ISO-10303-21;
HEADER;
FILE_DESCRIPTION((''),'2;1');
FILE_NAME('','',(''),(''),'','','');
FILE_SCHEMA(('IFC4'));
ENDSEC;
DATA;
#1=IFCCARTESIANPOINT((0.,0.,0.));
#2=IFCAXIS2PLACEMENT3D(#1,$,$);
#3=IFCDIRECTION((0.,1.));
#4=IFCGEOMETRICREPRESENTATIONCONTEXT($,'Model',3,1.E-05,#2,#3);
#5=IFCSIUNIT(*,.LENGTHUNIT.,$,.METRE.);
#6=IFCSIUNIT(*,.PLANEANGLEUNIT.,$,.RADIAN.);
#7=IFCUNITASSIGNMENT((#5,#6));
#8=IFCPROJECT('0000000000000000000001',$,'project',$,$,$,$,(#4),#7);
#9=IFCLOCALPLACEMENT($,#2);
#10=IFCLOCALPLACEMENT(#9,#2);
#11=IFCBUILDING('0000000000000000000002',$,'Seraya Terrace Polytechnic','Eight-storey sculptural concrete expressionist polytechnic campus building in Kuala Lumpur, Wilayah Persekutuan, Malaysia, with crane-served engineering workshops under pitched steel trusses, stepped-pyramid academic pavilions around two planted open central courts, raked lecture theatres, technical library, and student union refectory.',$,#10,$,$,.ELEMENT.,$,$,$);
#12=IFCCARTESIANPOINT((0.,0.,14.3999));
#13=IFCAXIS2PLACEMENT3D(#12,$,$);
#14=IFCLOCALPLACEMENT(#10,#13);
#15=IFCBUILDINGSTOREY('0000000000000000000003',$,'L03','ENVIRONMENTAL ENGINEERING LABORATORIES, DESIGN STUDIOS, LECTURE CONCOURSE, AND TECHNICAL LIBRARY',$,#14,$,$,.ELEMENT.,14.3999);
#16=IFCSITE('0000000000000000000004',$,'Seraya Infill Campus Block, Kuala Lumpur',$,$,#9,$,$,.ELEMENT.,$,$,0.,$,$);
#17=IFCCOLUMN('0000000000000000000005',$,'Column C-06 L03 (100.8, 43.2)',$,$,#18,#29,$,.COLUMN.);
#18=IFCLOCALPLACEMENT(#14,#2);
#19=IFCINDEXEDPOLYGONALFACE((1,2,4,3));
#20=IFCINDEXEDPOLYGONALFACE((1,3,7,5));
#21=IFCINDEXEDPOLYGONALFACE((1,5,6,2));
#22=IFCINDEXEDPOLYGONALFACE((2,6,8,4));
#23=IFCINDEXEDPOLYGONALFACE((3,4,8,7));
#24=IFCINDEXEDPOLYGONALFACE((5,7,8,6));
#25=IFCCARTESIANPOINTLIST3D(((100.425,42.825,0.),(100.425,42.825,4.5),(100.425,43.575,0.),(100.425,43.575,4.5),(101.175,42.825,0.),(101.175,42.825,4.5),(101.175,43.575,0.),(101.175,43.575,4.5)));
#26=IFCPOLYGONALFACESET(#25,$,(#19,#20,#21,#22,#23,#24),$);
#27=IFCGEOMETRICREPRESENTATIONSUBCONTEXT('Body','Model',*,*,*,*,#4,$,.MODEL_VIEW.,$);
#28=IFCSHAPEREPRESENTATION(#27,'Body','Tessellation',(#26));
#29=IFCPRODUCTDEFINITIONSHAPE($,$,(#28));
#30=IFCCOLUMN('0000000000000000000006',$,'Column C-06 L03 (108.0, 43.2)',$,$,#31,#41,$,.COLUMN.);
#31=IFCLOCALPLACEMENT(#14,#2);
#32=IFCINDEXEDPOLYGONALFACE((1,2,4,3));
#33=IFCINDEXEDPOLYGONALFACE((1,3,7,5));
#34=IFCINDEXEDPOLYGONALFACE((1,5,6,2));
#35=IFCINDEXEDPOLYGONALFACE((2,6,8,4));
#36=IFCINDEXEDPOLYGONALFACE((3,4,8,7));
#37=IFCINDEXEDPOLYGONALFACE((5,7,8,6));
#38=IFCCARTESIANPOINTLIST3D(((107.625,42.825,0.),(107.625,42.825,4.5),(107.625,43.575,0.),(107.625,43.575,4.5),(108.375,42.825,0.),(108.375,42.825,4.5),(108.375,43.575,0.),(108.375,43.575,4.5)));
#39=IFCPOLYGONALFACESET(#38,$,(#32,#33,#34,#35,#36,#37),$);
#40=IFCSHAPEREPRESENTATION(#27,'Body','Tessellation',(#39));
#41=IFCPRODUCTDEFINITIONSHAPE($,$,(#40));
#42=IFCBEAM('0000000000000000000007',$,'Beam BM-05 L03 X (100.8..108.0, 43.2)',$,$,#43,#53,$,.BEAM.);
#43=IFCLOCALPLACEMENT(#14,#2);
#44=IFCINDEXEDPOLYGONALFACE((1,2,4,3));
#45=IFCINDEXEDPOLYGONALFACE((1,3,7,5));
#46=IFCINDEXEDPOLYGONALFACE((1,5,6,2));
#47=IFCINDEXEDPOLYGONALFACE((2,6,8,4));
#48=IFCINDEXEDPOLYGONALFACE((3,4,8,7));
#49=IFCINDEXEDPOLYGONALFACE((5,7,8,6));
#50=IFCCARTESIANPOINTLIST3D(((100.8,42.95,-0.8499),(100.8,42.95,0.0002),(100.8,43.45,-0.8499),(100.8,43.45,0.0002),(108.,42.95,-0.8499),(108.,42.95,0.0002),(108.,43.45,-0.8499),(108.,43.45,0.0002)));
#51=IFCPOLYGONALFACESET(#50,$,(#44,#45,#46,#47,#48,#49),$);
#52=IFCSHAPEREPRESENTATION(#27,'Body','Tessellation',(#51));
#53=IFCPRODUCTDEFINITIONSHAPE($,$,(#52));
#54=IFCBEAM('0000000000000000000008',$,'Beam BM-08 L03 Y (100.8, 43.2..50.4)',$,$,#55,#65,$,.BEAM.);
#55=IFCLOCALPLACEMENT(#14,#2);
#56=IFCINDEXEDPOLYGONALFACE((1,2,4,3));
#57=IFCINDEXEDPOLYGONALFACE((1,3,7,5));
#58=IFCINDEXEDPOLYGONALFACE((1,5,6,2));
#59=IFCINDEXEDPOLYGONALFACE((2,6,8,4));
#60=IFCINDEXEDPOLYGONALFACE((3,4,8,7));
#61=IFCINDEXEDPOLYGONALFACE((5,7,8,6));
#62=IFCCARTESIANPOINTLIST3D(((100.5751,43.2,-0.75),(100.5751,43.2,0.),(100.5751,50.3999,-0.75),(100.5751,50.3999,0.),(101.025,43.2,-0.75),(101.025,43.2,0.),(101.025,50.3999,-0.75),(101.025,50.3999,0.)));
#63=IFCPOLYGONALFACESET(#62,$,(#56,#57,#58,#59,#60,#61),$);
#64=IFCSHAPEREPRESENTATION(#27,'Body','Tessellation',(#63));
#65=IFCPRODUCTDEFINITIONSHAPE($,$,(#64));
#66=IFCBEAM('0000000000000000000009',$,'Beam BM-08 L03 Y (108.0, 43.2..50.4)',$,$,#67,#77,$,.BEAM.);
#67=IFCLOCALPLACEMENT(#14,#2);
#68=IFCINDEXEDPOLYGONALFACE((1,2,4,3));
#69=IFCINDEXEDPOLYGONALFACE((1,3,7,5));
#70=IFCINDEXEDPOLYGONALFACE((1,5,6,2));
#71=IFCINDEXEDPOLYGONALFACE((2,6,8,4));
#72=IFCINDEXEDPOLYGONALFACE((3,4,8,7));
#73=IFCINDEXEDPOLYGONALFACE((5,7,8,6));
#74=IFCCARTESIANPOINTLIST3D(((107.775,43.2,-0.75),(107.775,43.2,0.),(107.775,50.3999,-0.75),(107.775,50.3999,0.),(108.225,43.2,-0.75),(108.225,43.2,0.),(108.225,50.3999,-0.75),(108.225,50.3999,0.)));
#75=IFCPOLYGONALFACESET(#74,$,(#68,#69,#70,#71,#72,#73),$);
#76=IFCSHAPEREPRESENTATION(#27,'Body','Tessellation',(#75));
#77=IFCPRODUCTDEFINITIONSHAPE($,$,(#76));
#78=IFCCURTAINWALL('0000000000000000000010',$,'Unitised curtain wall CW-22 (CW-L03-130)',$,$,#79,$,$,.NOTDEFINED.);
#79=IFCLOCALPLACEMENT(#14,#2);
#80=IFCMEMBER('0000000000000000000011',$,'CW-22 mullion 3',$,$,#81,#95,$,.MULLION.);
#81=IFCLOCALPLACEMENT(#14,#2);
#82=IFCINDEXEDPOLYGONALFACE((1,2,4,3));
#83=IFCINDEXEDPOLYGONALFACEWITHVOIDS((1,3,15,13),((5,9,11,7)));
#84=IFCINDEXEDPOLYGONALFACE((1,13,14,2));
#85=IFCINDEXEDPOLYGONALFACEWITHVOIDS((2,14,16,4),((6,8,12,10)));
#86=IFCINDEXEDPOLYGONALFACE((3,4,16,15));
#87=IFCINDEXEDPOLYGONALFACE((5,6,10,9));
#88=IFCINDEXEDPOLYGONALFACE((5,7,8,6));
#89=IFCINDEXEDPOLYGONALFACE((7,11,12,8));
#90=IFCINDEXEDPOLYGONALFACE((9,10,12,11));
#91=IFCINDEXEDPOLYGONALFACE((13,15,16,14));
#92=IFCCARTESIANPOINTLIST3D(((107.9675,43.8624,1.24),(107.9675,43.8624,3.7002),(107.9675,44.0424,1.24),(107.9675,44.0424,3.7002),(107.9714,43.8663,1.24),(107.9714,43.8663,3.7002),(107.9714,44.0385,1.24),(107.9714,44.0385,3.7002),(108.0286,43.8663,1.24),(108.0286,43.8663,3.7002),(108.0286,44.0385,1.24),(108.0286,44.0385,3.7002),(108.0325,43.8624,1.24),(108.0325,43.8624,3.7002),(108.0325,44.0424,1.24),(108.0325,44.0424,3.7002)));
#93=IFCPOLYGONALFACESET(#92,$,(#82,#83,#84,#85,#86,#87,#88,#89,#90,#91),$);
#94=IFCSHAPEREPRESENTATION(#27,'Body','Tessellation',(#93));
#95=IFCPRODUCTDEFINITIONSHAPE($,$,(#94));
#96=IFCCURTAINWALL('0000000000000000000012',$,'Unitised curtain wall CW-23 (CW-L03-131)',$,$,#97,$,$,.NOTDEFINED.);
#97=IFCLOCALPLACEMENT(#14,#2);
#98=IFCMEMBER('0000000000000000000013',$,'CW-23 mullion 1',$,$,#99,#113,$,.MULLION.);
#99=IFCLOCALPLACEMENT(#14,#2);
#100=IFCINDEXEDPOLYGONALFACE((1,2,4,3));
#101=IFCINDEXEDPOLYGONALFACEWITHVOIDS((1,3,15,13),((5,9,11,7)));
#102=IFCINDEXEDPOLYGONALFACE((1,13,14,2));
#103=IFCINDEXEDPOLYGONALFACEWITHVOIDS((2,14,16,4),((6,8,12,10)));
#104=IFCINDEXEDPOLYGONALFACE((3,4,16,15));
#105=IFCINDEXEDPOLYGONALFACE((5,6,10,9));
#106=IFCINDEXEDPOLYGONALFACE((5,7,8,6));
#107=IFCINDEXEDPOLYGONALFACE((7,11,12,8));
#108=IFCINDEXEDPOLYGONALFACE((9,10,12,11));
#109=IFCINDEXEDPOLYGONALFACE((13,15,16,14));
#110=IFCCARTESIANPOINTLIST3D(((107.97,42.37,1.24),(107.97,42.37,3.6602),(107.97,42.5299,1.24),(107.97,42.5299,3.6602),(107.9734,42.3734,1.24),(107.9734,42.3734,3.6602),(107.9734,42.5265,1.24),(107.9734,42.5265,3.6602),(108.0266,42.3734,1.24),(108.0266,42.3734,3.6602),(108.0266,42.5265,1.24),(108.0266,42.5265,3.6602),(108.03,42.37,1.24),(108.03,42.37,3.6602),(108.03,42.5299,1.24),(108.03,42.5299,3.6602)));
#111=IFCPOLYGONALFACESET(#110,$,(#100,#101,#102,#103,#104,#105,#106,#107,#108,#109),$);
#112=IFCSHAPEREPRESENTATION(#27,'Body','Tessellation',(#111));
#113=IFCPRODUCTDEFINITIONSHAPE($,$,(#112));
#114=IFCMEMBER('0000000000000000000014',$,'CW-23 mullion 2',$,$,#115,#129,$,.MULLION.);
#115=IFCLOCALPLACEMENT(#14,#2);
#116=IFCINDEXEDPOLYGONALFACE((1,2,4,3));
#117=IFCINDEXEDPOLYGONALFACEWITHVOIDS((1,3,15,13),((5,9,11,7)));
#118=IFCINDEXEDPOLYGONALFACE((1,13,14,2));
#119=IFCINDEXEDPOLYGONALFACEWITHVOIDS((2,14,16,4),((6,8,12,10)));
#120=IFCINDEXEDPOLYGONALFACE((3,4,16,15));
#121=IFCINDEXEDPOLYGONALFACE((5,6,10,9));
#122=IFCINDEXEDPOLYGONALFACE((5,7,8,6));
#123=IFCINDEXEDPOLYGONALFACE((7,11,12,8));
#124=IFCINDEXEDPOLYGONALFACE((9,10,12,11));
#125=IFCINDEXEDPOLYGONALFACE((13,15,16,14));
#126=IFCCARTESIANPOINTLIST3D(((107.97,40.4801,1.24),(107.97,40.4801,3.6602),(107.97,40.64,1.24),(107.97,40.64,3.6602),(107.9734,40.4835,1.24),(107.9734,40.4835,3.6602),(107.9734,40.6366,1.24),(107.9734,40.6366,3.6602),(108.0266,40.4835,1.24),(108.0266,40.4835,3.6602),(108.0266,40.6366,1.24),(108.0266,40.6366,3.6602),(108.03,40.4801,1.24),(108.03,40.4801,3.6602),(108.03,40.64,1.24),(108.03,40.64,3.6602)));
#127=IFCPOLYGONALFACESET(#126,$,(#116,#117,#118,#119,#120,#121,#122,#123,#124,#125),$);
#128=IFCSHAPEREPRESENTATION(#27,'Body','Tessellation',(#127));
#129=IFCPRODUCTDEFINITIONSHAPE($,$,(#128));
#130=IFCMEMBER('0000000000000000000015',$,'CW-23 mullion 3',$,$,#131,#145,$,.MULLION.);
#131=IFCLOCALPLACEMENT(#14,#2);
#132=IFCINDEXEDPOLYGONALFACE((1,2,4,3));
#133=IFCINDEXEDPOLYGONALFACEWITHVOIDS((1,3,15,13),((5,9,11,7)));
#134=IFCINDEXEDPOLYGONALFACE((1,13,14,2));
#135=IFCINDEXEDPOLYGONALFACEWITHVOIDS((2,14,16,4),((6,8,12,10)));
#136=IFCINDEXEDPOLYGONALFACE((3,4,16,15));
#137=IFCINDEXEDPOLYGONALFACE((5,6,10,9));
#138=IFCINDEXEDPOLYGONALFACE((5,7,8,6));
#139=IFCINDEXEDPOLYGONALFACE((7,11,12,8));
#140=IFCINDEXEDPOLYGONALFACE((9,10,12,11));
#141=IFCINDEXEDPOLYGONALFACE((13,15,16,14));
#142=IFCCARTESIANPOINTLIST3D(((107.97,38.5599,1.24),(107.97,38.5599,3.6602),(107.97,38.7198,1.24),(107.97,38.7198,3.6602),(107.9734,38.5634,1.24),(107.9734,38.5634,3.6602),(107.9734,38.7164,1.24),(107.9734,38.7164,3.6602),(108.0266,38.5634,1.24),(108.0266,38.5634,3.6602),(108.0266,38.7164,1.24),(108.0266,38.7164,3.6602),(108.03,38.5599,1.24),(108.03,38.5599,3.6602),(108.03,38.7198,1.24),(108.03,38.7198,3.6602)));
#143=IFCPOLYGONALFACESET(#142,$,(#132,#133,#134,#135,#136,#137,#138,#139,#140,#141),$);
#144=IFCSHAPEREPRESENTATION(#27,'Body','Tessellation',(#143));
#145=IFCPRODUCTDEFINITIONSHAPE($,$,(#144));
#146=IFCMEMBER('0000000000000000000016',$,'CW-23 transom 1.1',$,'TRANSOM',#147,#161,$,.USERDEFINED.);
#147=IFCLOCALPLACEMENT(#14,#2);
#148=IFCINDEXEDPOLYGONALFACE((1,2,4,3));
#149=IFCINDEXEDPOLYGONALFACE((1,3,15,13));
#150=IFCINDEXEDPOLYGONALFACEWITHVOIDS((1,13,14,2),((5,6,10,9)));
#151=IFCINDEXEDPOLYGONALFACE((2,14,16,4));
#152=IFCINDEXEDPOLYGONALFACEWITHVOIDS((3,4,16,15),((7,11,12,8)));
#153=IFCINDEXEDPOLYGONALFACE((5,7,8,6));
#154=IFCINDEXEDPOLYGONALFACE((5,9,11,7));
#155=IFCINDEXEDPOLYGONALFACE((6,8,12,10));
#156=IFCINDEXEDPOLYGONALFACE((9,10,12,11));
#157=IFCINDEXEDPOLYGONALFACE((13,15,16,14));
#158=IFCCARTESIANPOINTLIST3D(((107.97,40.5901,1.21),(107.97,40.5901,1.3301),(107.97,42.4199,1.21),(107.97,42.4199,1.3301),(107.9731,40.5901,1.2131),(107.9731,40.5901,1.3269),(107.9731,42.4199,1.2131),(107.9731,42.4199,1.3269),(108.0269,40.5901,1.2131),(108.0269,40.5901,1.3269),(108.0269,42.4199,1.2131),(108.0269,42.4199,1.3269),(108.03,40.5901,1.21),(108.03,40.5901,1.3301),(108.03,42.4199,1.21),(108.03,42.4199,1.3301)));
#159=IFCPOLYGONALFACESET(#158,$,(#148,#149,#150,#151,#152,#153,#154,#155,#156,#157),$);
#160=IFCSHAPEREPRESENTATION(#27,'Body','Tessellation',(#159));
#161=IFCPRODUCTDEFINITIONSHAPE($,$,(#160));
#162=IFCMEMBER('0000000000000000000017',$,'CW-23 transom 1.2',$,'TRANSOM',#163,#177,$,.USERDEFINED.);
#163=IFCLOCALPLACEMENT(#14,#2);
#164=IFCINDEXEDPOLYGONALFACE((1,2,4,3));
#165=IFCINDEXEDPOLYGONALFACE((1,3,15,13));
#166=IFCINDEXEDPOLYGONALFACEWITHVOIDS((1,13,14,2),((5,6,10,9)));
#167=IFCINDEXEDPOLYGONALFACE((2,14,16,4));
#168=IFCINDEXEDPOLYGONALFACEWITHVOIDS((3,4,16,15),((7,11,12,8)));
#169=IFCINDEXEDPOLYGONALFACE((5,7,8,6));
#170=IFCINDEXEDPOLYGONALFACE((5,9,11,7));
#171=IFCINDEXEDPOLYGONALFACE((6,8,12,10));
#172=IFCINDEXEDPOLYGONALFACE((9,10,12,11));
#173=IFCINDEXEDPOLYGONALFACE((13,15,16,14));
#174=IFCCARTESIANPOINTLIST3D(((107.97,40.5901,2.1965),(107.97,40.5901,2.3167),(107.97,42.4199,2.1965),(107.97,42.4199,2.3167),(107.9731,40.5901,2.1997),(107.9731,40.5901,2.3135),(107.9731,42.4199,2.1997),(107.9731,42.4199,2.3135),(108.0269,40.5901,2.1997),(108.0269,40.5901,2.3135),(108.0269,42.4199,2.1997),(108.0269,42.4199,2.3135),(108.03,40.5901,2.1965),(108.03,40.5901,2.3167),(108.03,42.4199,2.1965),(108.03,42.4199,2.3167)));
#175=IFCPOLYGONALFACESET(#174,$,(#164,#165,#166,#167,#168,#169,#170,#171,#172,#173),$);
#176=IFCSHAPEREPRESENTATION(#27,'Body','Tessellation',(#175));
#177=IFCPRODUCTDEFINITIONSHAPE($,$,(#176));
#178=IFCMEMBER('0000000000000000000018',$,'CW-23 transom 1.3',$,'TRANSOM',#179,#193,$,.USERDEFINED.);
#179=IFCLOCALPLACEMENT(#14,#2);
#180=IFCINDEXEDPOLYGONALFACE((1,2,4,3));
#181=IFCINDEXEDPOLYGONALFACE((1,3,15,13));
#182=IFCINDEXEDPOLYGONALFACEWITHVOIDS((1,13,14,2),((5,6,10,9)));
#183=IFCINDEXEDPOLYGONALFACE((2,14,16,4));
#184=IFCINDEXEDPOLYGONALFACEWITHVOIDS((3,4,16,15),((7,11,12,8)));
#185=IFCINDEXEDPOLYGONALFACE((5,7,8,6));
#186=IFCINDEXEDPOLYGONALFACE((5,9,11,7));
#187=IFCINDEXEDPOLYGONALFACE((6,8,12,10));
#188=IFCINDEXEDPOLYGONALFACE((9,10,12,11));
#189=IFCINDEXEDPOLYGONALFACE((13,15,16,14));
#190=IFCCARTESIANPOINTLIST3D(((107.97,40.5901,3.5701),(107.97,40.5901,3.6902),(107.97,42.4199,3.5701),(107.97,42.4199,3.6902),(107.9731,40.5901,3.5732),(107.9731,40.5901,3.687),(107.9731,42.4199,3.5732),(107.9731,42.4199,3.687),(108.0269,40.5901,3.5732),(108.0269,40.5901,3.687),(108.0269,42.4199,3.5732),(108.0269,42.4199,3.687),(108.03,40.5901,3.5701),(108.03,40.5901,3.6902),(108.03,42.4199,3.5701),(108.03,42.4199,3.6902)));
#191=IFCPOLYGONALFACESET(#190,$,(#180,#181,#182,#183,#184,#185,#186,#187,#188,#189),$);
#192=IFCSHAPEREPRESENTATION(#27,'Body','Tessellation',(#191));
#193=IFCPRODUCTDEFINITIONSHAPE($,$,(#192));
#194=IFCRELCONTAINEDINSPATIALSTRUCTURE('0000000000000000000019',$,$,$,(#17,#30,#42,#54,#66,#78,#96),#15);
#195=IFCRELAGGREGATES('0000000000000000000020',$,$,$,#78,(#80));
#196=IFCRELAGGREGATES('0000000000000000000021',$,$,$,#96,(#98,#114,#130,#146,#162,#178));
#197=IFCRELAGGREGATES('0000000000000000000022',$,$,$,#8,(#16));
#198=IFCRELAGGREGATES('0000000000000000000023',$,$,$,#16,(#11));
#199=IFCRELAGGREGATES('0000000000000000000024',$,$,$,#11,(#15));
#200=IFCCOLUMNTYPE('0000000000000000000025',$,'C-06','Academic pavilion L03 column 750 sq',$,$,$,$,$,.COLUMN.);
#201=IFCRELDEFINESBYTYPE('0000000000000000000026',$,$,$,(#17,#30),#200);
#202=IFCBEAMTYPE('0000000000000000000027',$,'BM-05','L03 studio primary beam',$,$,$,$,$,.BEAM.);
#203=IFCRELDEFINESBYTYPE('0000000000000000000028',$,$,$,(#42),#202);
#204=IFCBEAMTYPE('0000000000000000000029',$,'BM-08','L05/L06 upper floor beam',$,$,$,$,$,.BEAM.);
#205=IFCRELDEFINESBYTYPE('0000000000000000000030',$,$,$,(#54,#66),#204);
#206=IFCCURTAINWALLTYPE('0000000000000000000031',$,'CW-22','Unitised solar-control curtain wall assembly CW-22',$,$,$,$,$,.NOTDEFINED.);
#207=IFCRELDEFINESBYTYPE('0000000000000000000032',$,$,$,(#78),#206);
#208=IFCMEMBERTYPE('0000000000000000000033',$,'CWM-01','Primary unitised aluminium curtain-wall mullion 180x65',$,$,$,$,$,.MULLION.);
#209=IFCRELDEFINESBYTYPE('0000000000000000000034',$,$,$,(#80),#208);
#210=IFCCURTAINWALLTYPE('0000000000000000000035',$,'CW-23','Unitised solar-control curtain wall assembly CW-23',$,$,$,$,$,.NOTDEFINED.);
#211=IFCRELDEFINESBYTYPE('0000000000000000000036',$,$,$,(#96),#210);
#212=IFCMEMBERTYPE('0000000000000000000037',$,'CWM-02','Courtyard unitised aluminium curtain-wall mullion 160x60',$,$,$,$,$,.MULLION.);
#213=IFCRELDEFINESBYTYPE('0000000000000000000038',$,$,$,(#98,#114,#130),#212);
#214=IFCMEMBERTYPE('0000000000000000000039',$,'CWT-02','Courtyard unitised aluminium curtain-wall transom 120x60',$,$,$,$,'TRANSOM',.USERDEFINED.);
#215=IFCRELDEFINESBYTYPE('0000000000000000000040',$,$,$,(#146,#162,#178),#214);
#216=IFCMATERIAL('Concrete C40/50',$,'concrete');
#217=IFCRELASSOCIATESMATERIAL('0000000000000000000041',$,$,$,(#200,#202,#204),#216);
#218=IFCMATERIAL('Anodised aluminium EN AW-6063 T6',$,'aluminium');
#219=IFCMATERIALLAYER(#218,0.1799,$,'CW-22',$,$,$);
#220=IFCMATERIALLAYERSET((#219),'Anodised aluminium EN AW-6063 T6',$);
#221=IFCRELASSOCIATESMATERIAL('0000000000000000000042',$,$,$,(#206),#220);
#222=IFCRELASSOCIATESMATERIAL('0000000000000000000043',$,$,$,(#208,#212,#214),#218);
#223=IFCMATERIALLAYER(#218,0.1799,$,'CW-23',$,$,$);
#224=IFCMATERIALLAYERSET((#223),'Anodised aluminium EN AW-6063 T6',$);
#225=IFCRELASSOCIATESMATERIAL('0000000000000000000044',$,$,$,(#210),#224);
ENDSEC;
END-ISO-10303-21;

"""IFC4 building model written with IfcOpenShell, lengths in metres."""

from ifc_helpers import new_model, si_unit, direction, frame, origin, origin_2d, place, context, subcontext, project, spatial, rectangle, hollow_rectangle, extrude, material, layer, layer_set, material_profile, profile_set, type_object, element, aggregate, save


model = new_model("IFC4")

# Units and contexts
model_context = context("Model", 3, precision=1e-05, world=origin(), true_north=direction((0.0, 1.0)))
body_context = subcontext(model_context, "Body", "Model", "MODEL_VIEW")
ifc_project = project(units=[si_unit("LENGTHUNIT", "METRE"), si_unit("PLANEANGLEUNIT", "RADIAN")], contexts=[model_context])

# Site, building, storey
site_placement = place(None, origin())
site = spatial("IfcSite", under=ifc_project, at=site_placement, Name="Seraya Infill Campus Block, Kuala Lumpur", CompositionType="ELEMENT", RefElevation=0.0)
building_placement = place(site_placement, origin())
building = spatial("IfcBuilding", under=site, at=building_placement, Name="Seraya Terrace Polytechnic", Description="Eight-storey sculptural concrete expressionist polytechnic campus building in Kuala Lumpur, Wilayah Persekutuan, Malaysia, with crane-served engineering workshops under pitched steel trusses, stepped-pyramid academic pavilions around two planted open central courts, raked lecture theatres, technical library, and student union refectory.", CompositionType="ELEMENT")
storey_placement = place(building_placement, frame((0.0, 0.0, 14.3999)))
storey = spatial("IfcBuildingStorey", under=building, at=storey_placement, Name="L03", Description="ENVIRONMENTAL ENGINEERING LABORATORIES, DESIGN STUDIOS, LECTURE CONCOURSE, AND TECHNICAL LIBRARY", CompositionType="ELEMENT", Elevation=14.3999)

# Columns
ifc_material_1 = material(Name="Concrete C40/50", Category="concrete")
ifc_material_profile_1 = material_profile(ifc_material_1, rectangle(XDim=0.75, YDim=0.75, at=origin_2d()), Name="RC 750x750")
ifc_profile_set_1 = profile_set([ifc_material_profile_1], Name="Concrete C40/50")
column_type = type_object("IfcColumnType", Name="C-06", Description="Academic pavilion L03 column 750 sq", PredefinedType="COLUMN", material=ifc_profile_set_1)
for number, where, z_axis, x_axis, name in (
    (1, (100.8, 43.2, 0.0), (0.0, 0.0, 1.0), (1.0, 0.0, 0.0), "Column C-06 L03 (100.8, 43.2)"),
    (2, (108.0, 43.2, 0.0), (0.0, 0.0, 1.0), (1.0, 0.0, 0.0), "Column C-06 L03 (108.0, 43.2)"),
):
    element("IfcColumn", number, at=place(storey_placement, frame(where, z_axis=z_axis, x_axis=x_axis)), inside=storey, type_object=column_type, Name=name, PredefinedType="COLUMN", context=body_context, shape_type="SweptSolid", body=[
        extrude(rectangle(XDim=0.75, YDim=0.75, at=origin_2d()), origin(), (0.0, 0.0, 1.0), 4.5),
    ])

# Beams
ifc_material_profile_2 = material_profile(ifc_material_1, rectangle(XDim=0.5, YDim=0.8501, at=origin_2d()), Name="RC 500x850")
ifc_profile_set_2 = profile_set([ifc_material_profile_2], Name="Concrete C40/50")
beam_type_1 = type_object("IfcBeamType", Name="BM-05", Description="L03 studio primary beam", PredefinedType="BEAM", material=ifc_profile_set_2)
beam_placement = place(storey_placement, frame((100.8, 43.2, -0.4248), z_axis=(1.0, 0.0, 0.0), x_axis=(0.0, 1.0, 0.0)))
element("IfcBeam", 3, at=beam_placement, inside=storey, type_object=beam_type_1, Name="Beam BM-05 L03 X (100.8..108.0, 43.2)", PredefinedType="BEAM", context=body_context, shape_type="SweptSolid", body=[
    extrude(rectangle(XDim=0.5, YDim=0.8501, at=origin_2d()), origin(), (0.0, 0.0, 1.0), 7.2),
])
ifc_material_profile_3 = material_profile(ifc_material_1, rectangle(XDim=0.45, YDim=0.75, at=origin_2d()), Name="RC 450x750")
ifc_profile_set_3 = profile_set([ifc_material_profile_3], Name="Concrete C40/50")
beam_type_2 = type_object("IfcBeamType", Name="BM-08", Description="L05/L06 upper floor beam", PredefinedType="BEAM", material=ifc_profile_set_3)
for number, where, z_axis, x_axis, name in (
    (4, (100.8, 43.2, -0.375), (0.0, 1.0, 0.0), (-1.0, 0.0, 0.0), "Beam BM-08 L03 Y (100.8, 43.2..50.4)"),
    (5, (108.0, 43.2, -0.375), (0.0, 1.0, 0.0), (-1.0, 0.0, 0.0), "Beam BM-08 L03 Y (108.0, 43.2..50.4)"),
):
    element("IfcBeam", number, at=place(storey_placement, frame(where, z_axis=z_axis, x_axis=x_axis)), inside=storey, type_object=beam_type_2, Name=name, PredefinedType="BEAM", context=body_context, shape_type="SweptSolid", body=[
        extrude(rectangle(XDim=0.45, YDim=0.75, at=origin_2d()), origin(), (0.0, 0.0, 1.0), 7.2),
    ])

# Curtain wall, member
ifc_material_2 = material(Name="Anodised aluminium EN AW-6063 T6", Category="aluminium")
ifc_layer_1 = layer(ifc_material_2, 0.1799, Name="CW-22")
ifc_layer_set_1 = layer_set([ifc_layer_1], Name="Anodised aluminium EN AW-6063 T6")
curtain_wall_type_1 = type_object("IfcCurtainWallType", Name="CW-22", Description="Unitised solar-control curtain wall assembly CW-22", PredefinedType="NOTDEFINED", material=ifc_layer_set_1)
curtain_wall_1_placement = place(storey_placement, origin())
curtain_wall_1 = element("IfcCurtainWall", 6, at=curtain_wall_1_placement, inside=storey, type_object=curtain_wall_type_1, Name="Unitised curtain wall CW-22 (CW-L03-130)", PredefinedType="NOTDEFINED")
ifc_material_profile_4 = material_profile(ifc_material_2, hollow_rectangle(XDim=0.0649, YDim=0.1799, WallThickness=0.0039, at=origin_2d()), Name="RHS 180x65x4.0")
ifc_profile_set_4 = profile_set([ifc_material_profile_4], Name="Anodised aluminium EN AW-6063 T6")
member_type_1 = type_object("IfcMemberType", Name="CWM-01", Description="Primary unitised aluminium curtain-wall mullion 180x65", PredefinedType="MULLION", material=ifc_profile_set_4)
member_1_placement = place(storey_placement, frame((108.0, 43.9524, 1.24), z_axis=(0.0, 0.0, 1.0), x_axis=(1.0, 0.0, 0.0)))
member_1 = element("IfcMember", 7, at=member_1_placement, type_object=member_type_1, Name="CW-22 mullion 3", PredefinedType="MULLION", context=body_context, shape_type="SweptSolid", body=[
    extrude(hollow_rectangle(XDim=0.0649, YDim=0.1799, WallThickness=0.0039, at=origin_2d()), origin(), (0.0, 0.0, 1.0), 2.4602),
])

# Curtain wall, members
ifc_layer_2 = layer(ifc_material_2, 0.1799, Name="CW-23")
ifc_layer_set_2 = layer_set([ifc_layer_2], Name="Anodised aluminium EN AW-6063 T6")
curtain_wall_type_2 = type_object("IfcCurtainWallType", Name="CW-23", Description="Unitised solar-control curtain wall assembly CW-23", PredefinedType="NOTDEFINED", material=ifc_layer_set_2)
curtain_wall_2_placement = place(storey_placement, origin())
curtain_wall_2 = element("IfcCurtainWall", 8, at=curtain_wall_2_placement, inside=storey, type_object=curtain_wall_type_2, Name="Unitised curtain wall CW-23 (CW-L03-131)", PredefinedType="NOTDEFINED")
ifc_material_profile_5 = material_profile(ifc_material_2, hollow_rectangle(XDim=0.0601, YDim=0.1599, WallThickness=0.0034, at=origin_2d()), Name="RHS 160x60x3.5")
ifc_profile_set_5 = profile_set([ifc_material_profile_5], Name="Anodised aluminium EN AW-6063 T6")
member_type_2 = type_object("IfcMemberType", Name="CWM-02", Description="Courtyard unitised aluminium curtain-wall mullion 160x60", PredefinedType="MULLION", material=ifc_profile_set_5)
member_2_placement = place(storey_placement, frame((108.0, 42.45, 1.24), z_axis=(0.0, 0.0, 1.0), x_axis=(1.0, 0.0, 0.0)))
member_2 = element("IfcMember", 9, at=member_2_placement, type_object=member_type_2, Name="CW-23 mullion 1", PredefinedType="MULLION", context=body_context, shape_type="SweptSolid", body=[
    extrude(hollow_rectangle(XDim=0.0601, YDim=0.1599, WallThickness=0.0034, at=origin_2d()), origin(), (0.0, 0.0, 1.0), 2.4202),
])
member_3_placement = place(storey_placement, frame((108.0, 40.5601, 1.24), z_axis=(0.0, 0.0, 1.0), x_axis=(1.0, 0.0, 0.0)))
member_3 = element("IfcMember", 10, at=member_3_placement, type_object=member_type_2, Name="CW-23 mullion 2", PredefinedType="MULLION", context=body_context, shape_type="SweptSolid", body=[
    extrude(hollow_rectangle(XDim=0.0601, YDim=0.1599, WallThickness=0.0034, at=origin_2d()), origin(), (0.0, 0.0, 1.0), 2.4202),
])
member_4_placement = place(storey_placement, frame((108.0, 38.6399, 1.24), z_axis=(0.0, 0.0, 1.0), x_axis=(1.0, 0.0, 0.0)))
member_4 = element("IfcMember", 11, at=member_4_placement, type_object=member_type_2, Name="CW-23 mullion 3", PredefinedType="MULLION", context=body_context, shape_type="SweptSolid", body=[
    extrude(hollow_rectangle(XDim=0.0601, YDim=0.1599, WallThickness=0.0034, at=origin_2d()), origin(), (0.0, 0.0, 1.0), 2.4202),
])
ifc_material_profile_6 = material_profile(ifc_material_2, hollow_rectangle(XDim=0.0601, YDim=0.1201, WallThickness=0.0032, at=origin_2d()), Name="RHS 120x60x3.2")
ifc_profile_set_6 = profile_set([ifc_material_profile_6], Name="Anodised aluminium EN AW-6063 T6")
member_type_3 = type_object("IfcMemberType", Name="CWT-02", Description="Courtyard unitised aluminium curtain-wall transom 120x60", ElementType="TRANSOM", PredefinedType="USERDEFINED", material=ifc_profile_set_6)
member_5_placement = place(storey_placement, frame((108.0, 42.4199, 1.27), z_axis=(0.0, -1.0, 0.0), x_axis=(1.0, 0.0, 0.0)))
member_5 = element("IfcMember", 12, at=member_5_placement, type_object=member_type_3, Name="CW-23 transom 1.1", ObjectType="TRANSOM", PredefinedType="USERDEFINED", context=body_context, shape_type="SweptSolid", body=[
    extrude(hollow_rectangle(XDim=0.0601, YDim=0.1201, WallThickness=0.0032, at=origin_2d()), origin(), (0.0, 0.0, 1.0), 1.8298),
])
member_6_placement = place(storey_placement, frame((108.0, 42.4199, 2.2566), z_axis=(0.0, -1.0, 0.0), x_axis=(1.0, 0.0, 0.0)))
member_6 = element("IfcMember", 13, at=member_6_placement, type_object=member_type_3, Name="CW-23 transom 1.2", ObjectType="TRANSOM", PredefinedType="USERDEFINED", context=body_context, shape_type="SweptSolid", body=[
    extrude(hollow_rectangle(XDim=0.0601, YDim=0.1201, WallThickness=0.0032, at=origin_2d()), origin(), (0.0, 0.0, 1.0), 1.8298),
])
member_7_placement = place(storey_placement, frame((108.0, 42.4199, 3.6301), z_axis=(0.0, -1.0, 0.0), x_axis=(1.0, 0.0, 0.0)))
member_7 = element("IfcMember", 14, at=member_7_placement, type_object=member_type_3, Name="CW-23 transom 1.3", ObjectType="TRANSOM", PredefinedType="USERDEFINED", context=body_context, shape_type="SweptSolid", body=[
    extrude(hollow_rectangle(XDim=0.0601, YDim=0.1201, WallThickness=0.0032, at=origin_2d()), origin(), (0.0, 0.0, 1.0), 1.8298),
])

aggregate(curtain_wall_1, [member_1])
aggregate(curtain_wall_2, [member_2, member_3, member_4, member_5, member_6, member_7])

save(model, "model.ifc")
